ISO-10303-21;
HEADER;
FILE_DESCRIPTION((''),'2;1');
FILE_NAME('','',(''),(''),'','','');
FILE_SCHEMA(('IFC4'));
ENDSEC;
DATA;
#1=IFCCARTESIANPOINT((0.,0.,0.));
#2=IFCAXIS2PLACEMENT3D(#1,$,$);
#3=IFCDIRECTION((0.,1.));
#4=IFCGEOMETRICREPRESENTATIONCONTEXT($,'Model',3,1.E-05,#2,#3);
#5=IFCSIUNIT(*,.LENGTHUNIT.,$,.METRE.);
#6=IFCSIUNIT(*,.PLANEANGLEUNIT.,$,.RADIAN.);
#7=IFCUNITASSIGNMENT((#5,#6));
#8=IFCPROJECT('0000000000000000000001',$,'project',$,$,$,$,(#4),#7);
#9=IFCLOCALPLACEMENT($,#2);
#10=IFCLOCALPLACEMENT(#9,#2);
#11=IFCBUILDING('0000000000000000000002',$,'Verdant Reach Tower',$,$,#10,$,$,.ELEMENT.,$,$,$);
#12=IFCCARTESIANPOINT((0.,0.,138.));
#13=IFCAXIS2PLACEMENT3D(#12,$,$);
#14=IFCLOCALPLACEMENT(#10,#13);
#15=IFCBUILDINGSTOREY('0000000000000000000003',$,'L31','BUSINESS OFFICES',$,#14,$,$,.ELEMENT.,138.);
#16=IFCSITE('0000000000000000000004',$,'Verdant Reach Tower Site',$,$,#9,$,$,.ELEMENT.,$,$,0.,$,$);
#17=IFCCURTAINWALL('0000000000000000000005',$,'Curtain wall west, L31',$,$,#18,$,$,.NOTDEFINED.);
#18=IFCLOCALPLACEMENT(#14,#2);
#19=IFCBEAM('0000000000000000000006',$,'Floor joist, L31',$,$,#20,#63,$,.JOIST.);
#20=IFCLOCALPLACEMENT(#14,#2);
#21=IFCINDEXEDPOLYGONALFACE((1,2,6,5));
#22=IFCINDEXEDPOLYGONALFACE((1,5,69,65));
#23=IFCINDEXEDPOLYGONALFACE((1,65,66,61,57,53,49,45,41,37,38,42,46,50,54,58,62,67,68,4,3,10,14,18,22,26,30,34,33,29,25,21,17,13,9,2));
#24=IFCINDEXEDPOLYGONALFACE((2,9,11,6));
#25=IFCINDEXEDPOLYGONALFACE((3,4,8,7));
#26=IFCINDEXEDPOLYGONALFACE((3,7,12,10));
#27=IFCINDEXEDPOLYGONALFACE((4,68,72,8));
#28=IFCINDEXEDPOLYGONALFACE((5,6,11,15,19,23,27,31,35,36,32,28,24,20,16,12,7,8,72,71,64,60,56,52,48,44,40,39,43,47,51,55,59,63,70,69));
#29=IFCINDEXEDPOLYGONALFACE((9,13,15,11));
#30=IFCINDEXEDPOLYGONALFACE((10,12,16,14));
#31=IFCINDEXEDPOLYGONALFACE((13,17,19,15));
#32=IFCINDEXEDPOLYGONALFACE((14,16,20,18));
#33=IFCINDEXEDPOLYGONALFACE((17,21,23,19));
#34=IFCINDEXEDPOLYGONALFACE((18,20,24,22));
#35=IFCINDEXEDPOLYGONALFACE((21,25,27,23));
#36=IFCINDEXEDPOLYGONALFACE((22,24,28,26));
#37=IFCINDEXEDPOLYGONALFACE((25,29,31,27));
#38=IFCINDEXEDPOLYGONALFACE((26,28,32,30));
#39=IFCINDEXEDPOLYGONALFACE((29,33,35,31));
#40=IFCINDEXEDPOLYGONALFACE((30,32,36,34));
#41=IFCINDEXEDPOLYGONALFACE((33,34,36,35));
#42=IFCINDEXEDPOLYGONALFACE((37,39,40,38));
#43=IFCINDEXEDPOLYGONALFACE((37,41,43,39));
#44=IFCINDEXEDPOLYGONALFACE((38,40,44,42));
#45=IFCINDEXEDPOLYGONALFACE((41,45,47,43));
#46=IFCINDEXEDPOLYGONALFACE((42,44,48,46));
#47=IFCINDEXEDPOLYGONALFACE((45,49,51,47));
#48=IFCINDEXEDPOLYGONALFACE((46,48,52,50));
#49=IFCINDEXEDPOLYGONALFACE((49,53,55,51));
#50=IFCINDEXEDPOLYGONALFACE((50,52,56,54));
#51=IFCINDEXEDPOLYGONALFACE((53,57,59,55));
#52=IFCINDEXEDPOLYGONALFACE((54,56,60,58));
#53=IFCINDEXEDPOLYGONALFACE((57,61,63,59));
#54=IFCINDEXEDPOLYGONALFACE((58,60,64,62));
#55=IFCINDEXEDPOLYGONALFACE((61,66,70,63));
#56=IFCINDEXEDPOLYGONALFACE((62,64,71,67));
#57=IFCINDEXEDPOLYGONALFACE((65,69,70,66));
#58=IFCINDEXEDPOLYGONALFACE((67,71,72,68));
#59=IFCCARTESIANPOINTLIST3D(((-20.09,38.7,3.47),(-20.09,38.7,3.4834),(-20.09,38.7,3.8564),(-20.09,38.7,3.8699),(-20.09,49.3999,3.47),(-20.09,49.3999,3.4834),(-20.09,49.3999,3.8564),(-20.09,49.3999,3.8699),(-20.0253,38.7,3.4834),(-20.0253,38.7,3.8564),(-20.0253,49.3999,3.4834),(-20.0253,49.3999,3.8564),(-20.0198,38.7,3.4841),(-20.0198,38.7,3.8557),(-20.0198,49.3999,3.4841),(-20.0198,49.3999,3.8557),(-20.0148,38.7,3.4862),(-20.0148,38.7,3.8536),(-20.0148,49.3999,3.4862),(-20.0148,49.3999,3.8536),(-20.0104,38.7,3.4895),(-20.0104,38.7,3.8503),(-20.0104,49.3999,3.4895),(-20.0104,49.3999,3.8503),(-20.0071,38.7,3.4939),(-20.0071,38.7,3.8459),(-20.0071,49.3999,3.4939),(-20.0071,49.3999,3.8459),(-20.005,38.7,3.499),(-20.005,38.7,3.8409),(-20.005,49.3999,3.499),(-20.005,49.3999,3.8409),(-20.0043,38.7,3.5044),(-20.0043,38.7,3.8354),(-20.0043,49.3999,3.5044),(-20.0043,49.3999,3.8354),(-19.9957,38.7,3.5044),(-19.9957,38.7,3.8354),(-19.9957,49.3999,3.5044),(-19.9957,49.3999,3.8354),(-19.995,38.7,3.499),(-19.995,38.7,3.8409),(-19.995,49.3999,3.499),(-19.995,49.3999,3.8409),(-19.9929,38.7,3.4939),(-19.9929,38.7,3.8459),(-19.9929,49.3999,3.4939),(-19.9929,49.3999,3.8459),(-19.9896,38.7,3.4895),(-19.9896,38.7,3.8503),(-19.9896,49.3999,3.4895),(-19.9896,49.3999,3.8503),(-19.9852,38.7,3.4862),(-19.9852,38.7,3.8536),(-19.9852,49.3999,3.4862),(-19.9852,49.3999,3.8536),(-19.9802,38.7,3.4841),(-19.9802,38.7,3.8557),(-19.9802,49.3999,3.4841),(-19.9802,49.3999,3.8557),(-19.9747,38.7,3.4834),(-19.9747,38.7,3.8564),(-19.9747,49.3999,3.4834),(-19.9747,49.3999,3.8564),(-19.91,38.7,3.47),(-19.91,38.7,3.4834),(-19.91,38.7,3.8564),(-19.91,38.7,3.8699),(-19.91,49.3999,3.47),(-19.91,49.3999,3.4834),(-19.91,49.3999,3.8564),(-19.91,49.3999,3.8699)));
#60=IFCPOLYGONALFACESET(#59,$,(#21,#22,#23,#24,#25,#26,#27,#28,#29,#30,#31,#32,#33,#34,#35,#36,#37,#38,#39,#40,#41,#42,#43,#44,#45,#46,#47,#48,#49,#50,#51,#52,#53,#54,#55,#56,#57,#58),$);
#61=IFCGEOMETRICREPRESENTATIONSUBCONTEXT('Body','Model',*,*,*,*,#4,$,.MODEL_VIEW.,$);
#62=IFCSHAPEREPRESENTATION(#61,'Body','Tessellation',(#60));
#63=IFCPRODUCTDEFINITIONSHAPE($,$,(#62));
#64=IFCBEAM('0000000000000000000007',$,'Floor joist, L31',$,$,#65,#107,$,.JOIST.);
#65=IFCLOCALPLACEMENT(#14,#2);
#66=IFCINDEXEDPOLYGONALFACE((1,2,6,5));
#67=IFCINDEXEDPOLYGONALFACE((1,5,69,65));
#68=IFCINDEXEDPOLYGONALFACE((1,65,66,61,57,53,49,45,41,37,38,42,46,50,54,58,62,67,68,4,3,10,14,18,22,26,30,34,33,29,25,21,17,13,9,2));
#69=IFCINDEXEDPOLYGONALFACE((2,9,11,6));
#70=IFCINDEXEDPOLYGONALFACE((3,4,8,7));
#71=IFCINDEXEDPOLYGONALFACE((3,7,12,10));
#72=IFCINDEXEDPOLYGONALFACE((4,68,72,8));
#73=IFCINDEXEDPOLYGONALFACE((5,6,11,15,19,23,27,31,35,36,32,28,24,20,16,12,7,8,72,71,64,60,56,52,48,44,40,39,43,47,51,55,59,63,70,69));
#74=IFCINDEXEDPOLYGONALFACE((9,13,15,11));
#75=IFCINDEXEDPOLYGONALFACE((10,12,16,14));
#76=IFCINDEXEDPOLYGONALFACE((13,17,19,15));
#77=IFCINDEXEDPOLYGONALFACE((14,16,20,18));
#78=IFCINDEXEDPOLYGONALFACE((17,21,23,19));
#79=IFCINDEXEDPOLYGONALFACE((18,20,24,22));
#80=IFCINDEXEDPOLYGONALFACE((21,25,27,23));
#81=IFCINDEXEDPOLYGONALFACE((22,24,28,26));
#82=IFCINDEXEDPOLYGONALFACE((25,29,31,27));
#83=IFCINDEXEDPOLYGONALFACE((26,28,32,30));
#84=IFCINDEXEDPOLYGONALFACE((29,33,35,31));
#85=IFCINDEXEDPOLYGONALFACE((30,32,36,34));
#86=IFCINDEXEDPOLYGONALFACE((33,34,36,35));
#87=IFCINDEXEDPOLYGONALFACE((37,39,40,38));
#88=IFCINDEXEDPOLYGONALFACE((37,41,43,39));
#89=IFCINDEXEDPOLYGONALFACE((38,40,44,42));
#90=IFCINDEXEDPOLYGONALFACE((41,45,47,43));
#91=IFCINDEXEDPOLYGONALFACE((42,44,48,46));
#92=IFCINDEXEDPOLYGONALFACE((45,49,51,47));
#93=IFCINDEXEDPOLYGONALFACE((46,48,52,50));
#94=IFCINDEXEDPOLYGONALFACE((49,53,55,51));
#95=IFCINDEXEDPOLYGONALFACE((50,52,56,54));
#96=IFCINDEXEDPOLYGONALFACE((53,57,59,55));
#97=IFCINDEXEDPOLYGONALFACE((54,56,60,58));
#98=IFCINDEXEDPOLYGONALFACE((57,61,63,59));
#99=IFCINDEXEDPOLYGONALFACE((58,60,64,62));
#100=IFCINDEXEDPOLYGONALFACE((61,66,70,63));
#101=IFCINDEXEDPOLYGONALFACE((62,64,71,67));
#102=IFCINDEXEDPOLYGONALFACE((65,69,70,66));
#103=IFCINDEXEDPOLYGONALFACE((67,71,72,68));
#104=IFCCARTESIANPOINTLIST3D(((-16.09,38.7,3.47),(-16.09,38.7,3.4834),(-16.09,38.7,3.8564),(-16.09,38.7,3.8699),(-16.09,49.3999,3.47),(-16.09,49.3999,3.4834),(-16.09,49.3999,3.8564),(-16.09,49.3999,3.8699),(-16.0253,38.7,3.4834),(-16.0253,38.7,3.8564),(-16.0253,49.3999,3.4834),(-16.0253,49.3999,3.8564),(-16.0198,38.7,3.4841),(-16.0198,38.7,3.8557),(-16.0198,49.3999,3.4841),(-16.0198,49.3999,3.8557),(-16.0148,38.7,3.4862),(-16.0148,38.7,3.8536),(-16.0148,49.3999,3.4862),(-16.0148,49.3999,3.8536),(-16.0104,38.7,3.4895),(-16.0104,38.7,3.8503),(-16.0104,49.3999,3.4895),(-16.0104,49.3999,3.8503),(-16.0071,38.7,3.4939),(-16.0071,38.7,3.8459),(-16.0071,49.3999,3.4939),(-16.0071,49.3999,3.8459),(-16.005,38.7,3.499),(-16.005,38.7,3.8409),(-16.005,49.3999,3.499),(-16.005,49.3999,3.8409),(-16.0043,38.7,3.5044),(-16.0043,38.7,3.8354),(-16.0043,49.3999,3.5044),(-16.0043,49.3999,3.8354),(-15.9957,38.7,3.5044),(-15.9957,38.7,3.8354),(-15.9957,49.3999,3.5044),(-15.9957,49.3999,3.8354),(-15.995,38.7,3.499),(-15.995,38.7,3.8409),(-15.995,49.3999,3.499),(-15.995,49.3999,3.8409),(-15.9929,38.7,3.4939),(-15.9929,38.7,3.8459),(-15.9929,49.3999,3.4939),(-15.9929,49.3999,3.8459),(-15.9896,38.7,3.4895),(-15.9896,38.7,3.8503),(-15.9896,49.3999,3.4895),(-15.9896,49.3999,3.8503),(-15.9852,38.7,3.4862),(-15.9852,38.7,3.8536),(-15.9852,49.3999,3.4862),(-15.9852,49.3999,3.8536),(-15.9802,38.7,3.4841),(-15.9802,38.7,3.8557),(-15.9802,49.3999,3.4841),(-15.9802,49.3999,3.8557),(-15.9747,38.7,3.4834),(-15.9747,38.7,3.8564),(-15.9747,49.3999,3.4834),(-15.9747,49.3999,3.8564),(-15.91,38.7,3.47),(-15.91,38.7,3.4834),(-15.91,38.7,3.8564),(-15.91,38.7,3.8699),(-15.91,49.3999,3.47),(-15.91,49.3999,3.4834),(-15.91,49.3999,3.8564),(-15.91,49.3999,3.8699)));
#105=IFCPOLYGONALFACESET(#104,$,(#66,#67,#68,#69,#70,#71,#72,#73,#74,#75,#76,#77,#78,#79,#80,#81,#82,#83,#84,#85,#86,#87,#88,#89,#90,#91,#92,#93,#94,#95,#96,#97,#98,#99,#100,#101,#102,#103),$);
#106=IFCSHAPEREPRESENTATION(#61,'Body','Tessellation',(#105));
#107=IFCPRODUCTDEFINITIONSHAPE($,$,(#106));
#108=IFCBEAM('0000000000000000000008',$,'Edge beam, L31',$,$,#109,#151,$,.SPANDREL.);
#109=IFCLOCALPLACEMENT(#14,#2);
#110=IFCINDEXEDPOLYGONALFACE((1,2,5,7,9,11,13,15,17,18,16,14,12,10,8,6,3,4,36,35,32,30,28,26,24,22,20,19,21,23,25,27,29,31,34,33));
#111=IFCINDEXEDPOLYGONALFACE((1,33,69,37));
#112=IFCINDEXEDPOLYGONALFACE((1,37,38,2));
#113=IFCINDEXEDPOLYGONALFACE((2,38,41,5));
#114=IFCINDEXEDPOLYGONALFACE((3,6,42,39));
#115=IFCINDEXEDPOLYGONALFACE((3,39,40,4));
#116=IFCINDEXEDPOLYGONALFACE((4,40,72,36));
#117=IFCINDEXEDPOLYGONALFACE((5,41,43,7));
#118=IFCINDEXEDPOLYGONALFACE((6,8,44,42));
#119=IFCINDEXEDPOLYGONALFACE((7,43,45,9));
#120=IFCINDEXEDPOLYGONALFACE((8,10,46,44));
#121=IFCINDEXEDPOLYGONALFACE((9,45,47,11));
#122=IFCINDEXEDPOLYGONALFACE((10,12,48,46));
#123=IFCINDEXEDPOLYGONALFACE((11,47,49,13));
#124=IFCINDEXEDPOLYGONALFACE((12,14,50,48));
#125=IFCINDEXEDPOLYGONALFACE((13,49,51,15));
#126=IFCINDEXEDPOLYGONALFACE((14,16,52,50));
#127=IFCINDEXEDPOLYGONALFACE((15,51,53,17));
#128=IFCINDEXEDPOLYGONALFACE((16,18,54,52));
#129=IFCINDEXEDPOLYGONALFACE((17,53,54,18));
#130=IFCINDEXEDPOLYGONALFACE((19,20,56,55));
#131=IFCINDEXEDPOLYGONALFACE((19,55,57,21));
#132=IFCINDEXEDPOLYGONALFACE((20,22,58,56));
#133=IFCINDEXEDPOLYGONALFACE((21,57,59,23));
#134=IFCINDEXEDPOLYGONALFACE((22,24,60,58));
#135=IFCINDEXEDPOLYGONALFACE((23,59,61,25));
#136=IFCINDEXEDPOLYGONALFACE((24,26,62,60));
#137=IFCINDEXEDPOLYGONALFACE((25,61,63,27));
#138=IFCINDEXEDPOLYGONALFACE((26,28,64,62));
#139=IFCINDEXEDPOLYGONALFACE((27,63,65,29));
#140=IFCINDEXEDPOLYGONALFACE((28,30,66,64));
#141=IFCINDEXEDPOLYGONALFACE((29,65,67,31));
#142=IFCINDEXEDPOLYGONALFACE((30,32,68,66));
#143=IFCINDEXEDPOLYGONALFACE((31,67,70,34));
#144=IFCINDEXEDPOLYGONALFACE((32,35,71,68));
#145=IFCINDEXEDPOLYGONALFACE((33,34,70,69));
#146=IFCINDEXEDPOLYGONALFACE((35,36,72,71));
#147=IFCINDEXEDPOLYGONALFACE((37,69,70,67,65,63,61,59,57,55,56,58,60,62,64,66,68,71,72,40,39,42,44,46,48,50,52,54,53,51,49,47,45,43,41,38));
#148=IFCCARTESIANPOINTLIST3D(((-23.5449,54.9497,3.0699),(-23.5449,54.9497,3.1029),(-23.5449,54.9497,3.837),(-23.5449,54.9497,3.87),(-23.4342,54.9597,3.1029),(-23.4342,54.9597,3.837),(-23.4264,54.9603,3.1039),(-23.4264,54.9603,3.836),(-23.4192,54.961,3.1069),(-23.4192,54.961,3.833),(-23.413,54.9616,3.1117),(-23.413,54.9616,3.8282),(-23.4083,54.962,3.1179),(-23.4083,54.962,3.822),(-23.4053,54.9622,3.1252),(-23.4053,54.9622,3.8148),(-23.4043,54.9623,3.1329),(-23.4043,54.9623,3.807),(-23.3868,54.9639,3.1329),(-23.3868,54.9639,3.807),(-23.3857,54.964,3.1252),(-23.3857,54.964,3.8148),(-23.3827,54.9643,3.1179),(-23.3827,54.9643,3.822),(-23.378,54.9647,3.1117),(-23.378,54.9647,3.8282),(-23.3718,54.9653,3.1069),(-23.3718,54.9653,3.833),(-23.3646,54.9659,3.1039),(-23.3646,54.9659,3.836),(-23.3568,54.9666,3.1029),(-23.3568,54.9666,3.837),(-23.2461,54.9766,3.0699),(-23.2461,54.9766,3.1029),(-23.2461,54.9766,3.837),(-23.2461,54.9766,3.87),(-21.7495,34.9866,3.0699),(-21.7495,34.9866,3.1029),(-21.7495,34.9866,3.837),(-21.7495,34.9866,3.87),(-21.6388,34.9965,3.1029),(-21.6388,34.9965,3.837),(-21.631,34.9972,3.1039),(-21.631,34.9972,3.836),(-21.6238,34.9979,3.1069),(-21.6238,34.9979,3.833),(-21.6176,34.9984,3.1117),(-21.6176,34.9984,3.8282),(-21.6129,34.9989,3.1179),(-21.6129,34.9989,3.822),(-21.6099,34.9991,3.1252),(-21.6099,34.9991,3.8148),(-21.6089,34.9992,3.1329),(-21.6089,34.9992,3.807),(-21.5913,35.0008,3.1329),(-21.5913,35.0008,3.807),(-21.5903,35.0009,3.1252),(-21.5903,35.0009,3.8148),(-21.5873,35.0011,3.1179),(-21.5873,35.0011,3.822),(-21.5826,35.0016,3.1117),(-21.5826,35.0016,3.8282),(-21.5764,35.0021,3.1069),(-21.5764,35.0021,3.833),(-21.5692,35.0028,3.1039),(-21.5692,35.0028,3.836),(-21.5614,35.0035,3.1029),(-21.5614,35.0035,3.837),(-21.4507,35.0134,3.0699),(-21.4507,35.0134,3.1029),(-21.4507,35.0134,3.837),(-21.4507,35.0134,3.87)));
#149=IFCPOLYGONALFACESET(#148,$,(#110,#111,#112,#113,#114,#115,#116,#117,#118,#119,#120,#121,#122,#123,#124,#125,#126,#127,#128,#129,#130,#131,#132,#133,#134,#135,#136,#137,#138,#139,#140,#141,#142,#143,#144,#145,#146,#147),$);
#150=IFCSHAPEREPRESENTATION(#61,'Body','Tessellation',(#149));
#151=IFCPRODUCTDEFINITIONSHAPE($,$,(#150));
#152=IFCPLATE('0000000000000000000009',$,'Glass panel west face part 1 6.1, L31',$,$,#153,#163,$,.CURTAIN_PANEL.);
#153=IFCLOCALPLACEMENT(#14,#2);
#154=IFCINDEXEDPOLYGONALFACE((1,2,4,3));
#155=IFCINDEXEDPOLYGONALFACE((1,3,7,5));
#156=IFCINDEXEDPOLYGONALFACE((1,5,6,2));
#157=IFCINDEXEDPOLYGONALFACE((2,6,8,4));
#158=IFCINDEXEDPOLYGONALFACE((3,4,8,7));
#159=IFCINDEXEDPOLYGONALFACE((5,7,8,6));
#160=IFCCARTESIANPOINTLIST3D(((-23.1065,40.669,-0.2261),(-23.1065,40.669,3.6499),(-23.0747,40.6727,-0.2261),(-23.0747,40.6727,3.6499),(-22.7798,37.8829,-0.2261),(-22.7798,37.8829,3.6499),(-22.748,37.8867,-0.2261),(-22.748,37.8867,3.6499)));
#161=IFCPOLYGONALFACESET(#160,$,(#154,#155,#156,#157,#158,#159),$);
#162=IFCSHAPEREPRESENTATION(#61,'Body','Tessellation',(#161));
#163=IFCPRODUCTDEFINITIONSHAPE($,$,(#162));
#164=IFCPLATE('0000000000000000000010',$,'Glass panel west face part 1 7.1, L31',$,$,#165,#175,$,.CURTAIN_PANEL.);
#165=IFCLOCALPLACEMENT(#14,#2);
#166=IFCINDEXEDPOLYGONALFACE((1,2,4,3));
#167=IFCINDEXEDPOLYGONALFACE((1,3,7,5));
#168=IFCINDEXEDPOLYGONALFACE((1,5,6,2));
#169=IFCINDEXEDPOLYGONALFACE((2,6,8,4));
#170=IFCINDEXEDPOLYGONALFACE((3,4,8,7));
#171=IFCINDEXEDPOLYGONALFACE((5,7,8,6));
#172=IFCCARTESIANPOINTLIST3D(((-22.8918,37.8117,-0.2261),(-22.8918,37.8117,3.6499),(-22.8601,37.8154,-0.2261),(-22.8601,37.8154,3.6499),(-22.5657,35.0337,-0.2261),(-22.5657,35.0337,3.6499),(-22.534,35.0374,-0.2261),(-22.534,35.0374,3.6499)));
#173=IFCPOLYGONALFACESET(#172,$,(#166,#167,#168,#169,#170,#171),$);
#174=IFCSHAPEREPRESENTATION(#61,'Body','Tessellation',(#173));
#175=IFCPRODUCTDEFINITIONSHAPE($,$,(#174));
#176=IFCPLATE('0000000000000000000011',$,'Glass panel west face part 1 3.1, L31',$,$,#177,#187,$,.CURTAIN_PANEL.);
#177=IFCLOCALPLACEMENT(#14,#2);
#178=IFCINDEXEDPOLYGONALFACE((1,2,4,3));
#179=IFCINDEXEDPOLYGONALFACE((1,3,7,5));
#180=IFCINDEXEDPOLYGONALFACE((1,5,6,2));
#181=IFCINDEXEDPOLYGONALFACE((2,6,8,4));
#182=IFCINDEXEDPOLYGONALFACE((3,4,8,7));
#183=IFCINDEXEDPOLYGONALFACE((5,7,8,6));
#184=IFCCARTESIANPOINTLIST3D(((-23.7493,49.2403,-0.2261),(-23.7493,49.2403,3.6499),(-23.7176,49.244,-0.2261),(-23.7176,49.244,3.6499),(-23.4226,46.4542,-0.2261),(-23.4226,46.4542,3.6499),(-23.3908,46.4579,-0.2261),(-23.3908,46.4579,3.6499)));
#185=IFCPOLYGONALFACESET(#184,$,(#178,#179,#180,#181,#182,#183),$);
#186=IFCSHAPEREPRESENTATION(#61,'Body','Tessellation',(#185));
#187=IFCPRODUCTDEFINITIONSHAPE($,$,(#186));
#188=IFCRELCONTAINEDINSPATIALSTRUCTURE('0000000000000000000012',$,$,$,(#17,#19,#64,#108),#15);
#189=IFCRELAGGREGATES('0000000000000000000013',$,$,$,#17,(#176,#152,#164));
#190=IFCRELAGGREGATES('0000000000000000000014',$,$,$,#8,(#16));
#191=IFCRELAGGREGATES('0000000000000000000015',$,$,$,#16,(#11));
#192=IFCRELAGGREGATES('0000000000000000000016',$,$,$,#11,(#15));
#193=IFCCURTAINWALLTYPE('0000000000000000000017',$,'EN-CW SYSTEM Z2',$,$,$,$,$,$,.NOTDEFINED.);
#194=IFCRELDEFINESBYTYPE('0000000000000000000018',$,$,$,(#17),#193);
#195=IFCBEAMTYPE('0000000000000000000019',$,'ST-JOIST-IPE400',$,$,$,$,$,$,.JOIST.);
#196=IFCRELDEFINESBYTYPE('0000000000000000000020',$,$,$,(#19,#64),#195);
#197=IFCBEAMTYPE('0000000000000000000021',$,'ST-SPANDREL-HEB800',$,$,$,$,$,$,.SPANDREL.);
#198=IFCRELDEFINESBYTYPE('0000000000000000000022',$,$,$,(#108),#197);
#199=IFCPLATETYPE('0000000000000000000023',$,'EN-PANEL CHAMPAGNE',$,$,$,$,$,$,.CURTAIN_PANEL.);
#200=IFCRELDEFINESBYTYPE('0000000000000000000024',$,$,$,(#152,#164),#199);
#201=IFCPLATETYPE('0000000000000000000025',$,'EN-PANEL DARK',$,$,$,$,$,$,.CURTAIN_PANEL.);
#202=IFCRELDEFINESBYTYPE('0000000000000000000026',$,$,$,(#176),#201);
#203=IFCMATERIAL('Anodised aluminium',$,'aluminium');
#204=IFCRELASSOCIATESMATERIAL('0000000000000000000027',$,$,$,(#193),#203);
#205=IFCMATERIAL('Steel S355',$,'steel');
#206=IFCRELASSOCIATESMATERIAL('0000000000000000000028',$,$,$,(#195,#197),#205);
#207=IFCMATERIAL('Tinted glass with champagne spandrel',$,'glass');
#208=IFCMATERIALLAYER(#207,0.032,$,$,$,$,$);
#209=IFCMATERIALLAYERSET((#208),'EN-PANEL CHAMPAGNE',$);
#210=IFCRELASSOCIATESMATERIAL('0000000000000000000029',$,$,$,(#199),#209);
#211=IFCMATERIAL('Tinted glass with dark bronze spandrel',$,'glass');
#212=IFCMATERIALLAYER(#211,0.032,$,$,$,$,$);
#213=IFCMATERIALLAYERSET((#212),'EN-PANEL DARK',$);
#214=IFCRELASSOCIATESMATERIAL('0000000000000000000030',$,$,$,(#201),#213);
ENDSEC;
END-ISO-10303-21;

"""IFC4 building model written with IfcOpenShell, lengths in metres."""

from ifc_helpers import new_model, si_unit, direction, frame, origin, origin_2d, place, context, subcontext, project, spatial, rectangle, i_section, extrude, material, layer, layer_set, material_profile, profile_set, type_object, element, aggregate, save


model = new_model("IFC4")

# Units and contexts
model_context = context("Model", 3, precision=1e-05, world=origin(), true_north=direction((0.0, 1.0)))
body_context = subcontext(model_context, "Body", "Model", "MODEL_VIEW")
ifc_project = project(units=[si_unit("LENGTHUNIT", "METRE"), si_unit("PLANEANGLEUNIT", "RADIAN")], contexts=[model_context])

# Site, building, storey
site_placement = place(None, origin())
site = spatial("IfcSite", under=ifc_project, at=site_placement, Name="Verdant Reach Tower Site", CompositionType="ELEMENT", RefElevation=0.0)
building_placement = place(site_placement, origin())
building = spatial("IfcBuilding", under=site, at=building_placement, Name="Verdant Reach Tower", CompositionType="ELEMENT")
storey_placement = place(building_placement, frame((0.0, 0.0, 138.0)))
storey = spatial("IfcBuildingStorey", under=building, at=storey_placement, Name="L31", Description="BUSINESS OFFICES", CompositionType="ELEMENT", Elevation=138.0)

# Curtain wall
ifc_material_1 = material(Name="Anodised aluminium", Category="aluminium")
curtain_wall_type = type_object("IfcCurtainWallType", Name="EN-CW SYSTEM Z2", PredefinedType="NOTDEFINED", material=ifc_material_1)
curtain_wall_placement = place(storey_placement, origin())
curtain_wall = element("IfcCurtainWall", 1, at=curtain_wall_placement, inside=storey, type_object=curtain_wall_type, Name="Curtain wall west, L31", PredefinedType="NOTDEFINED")

# Beams
ifc_material_2 = material(Name="Steel S355", Category="steel")
ifc_material_profile_1 = material_profile(ifc_material_2, i_section(OverallWidth=0.1799, OverallDepth=0.3999, WebThickness=0.0085, FlangeThickness=0.0134, FilletRadius=0.021, at=origin_2d()), Name="IPE 400")
ifc_profile_set_1 = profile_set([ifc_material_profile_1], Name="Steel S355")
beam_type_1 = type_object("IfcBeamType", Name="ST-JOIST-IPE400", PredefinedType="JOIST", material=ifc_profile_set_1)
for number, where, z_axis, x_axis, name in (
    (2, (-20.0, 38.7, 3.6699), (0.0, 1.0, 0.0), (-1.0, 0.0, 0.0), "Floor joist, L31"),
    (3, (-16.0, 38.7, 3.6699), (0.0, 1.0, 0.0), (-1.0, 0.0, 0.0), "Floor joist, L31"),
):
    element("IfcBeam", number, at=place(storey_placement, frame(where, z_axis=z_axis, x_axis=x_axis)), inside=storey, type_object=beam_type_1, Name=name, PredefinedType="JOIST", context=body_context, shape_type="SweptSolid", body=[
        extrude(i_section(OverallWidth=0.1799, OverallDepth=0.3999, WebThickness=0.0085, FlangeThickness=0.0134, FilletRadius=0.021, at=origin_2d()), origin(), (0.0, 0.0, 1.0), 10.7),
    ])
ifc_material_profile_2 = material_profile(ifc_material_2, i_section(OverallWidth=0.3, OverallDepth=0.8, WebThickness=0.0176, FlangeThickness=0.033, FilletRadius=0.03, at=origin_2d()), Name="HEB 800")
ifc_profile_set_2 = profile_set([ifc_material_profile_2], Name="Steel S355")
beam_type_2 = type_object("IfcBeamType", Name="ST-SPANDREL-HEB800", PredefinedType="SPANDREL", material=ifc_profile_set_2)
beam_1_placement = place(storey_placement, frame((-21.6001, 35.0, 3.47), z_axis=(-0.089575, 0.99598, 0.0), x_axis=(-0.99598, -0.089575, 0.0)))
element("IfcBeam", 4, at=beam_1_placement, inside=storey, type_object=beam_type_2, Name="Edge beam, L31", PredefinedType="SPANDREL", context=body_context, shape_type="SweptSolid", body=[
    extrude(i_section(OverallWidth=0.3, OverallDepth=0.8, WebThickness=0.0176, FlangeThickness=0.033, FilletRadius=0.03, at=origin_2d()), origin(), (0.0, 0.0, 1.0), 20.0437),
])

# Plates
ifc_material_3 = material(Name="Tinted glass with champagne spandrel", Category="glass")
ifc_layer_1 = layer(ifc_material_3, 0.032)
ifc_layer_set_1 = layer_set([ifc_layer_1], Name="EN-PANEL CHAMPAGNE")
plate_type_1 = type_object("IfcPlateType", Name="EN-PANEL CHAMPAGNE", PredefinedType="CURTAIN_PANEL", material=ifc_layer_set_1)
plate_1_placement = place(storey_placement, frame((-22.9272, 39.2778, -0.2261), z_axis=(0.0, 0.0, 1.0), x_axis=(0.116483, -0.993193, 0.0)))
plate_1 = element("IfcPlate", 5, at=plate_1_placement, type_object=plate_type_1, Name="Glass panel west face part 1 6.1, L31", PredefinedType="CURTAIN_PANEL", context=body_context, shape_type="SweptSolid", body=[
    extrude(rectangle(XDim=2.8052, YDim=0.032, at=origin_2d()), origin(), (0.0, 0.0, 1.0), 3.876),
])
plate_2_placement = place(storey_placement, frame((-22.7129, 36.4246, -0.2261), z_axis=(0.0, 0.0, 1.0), x_axis=(0.116586, -0.993181, 0.0)))
plate_2 = element("IfcPlate", 6, at=plate_2_placement, type_object=plate_type_1, Name="Glass panel west face part 1 7.1, L31", PredefinedType="CURTAIN_PANEL", context=body_context, shape_type="SweptSolid", body=[
    extrude(rectangle(XDim=2.7971, YDim=0.032, at=origin_2d()), origin(), (0.0, 0.0, 1.0), 3.876),
])
ifc_material_4 = material(Name="Tinted glass with dark bronze spandrel", Category="glass")
ifc_layer_2 = layer(ifc_material_4, 0.032)
ifc_layer_set_2 = layer_set([ifc_layer_2], Name="EN-PANEL DARK")
plate_type_2 = type_object("IfcPlateType", Name="EN-PANEL DARK", PredefinedType="CURTAIN_PANEL", material=ifc_layer_set_2)
plate_3_placement = place(storey_placement, frame((-23.5701, 47.8491, -0.2261), z_axis=(0.0, 0.0, 1.0), x_axis=(0.116483, -0.993193, 0.0)))
plate_3 = element("IfcPlate", 7, at=plate_3_placement, type_object=plate_type_2, Name="Glass panel west face part 1 3.1, L31", PredefinedType="CURTAIN_PANEL", context=body_context, shape_type="SweptSolid", body=[
    extrude(rectangle(XDim=2.8052, YDim=0.032, at=origin_2d()), origin(), (0.0, 0.0, 1.0), 3.876),
])
aggregate(curtain_wall, [plate_3, plate_1, plate_2])

save(model, "model.ifc")
